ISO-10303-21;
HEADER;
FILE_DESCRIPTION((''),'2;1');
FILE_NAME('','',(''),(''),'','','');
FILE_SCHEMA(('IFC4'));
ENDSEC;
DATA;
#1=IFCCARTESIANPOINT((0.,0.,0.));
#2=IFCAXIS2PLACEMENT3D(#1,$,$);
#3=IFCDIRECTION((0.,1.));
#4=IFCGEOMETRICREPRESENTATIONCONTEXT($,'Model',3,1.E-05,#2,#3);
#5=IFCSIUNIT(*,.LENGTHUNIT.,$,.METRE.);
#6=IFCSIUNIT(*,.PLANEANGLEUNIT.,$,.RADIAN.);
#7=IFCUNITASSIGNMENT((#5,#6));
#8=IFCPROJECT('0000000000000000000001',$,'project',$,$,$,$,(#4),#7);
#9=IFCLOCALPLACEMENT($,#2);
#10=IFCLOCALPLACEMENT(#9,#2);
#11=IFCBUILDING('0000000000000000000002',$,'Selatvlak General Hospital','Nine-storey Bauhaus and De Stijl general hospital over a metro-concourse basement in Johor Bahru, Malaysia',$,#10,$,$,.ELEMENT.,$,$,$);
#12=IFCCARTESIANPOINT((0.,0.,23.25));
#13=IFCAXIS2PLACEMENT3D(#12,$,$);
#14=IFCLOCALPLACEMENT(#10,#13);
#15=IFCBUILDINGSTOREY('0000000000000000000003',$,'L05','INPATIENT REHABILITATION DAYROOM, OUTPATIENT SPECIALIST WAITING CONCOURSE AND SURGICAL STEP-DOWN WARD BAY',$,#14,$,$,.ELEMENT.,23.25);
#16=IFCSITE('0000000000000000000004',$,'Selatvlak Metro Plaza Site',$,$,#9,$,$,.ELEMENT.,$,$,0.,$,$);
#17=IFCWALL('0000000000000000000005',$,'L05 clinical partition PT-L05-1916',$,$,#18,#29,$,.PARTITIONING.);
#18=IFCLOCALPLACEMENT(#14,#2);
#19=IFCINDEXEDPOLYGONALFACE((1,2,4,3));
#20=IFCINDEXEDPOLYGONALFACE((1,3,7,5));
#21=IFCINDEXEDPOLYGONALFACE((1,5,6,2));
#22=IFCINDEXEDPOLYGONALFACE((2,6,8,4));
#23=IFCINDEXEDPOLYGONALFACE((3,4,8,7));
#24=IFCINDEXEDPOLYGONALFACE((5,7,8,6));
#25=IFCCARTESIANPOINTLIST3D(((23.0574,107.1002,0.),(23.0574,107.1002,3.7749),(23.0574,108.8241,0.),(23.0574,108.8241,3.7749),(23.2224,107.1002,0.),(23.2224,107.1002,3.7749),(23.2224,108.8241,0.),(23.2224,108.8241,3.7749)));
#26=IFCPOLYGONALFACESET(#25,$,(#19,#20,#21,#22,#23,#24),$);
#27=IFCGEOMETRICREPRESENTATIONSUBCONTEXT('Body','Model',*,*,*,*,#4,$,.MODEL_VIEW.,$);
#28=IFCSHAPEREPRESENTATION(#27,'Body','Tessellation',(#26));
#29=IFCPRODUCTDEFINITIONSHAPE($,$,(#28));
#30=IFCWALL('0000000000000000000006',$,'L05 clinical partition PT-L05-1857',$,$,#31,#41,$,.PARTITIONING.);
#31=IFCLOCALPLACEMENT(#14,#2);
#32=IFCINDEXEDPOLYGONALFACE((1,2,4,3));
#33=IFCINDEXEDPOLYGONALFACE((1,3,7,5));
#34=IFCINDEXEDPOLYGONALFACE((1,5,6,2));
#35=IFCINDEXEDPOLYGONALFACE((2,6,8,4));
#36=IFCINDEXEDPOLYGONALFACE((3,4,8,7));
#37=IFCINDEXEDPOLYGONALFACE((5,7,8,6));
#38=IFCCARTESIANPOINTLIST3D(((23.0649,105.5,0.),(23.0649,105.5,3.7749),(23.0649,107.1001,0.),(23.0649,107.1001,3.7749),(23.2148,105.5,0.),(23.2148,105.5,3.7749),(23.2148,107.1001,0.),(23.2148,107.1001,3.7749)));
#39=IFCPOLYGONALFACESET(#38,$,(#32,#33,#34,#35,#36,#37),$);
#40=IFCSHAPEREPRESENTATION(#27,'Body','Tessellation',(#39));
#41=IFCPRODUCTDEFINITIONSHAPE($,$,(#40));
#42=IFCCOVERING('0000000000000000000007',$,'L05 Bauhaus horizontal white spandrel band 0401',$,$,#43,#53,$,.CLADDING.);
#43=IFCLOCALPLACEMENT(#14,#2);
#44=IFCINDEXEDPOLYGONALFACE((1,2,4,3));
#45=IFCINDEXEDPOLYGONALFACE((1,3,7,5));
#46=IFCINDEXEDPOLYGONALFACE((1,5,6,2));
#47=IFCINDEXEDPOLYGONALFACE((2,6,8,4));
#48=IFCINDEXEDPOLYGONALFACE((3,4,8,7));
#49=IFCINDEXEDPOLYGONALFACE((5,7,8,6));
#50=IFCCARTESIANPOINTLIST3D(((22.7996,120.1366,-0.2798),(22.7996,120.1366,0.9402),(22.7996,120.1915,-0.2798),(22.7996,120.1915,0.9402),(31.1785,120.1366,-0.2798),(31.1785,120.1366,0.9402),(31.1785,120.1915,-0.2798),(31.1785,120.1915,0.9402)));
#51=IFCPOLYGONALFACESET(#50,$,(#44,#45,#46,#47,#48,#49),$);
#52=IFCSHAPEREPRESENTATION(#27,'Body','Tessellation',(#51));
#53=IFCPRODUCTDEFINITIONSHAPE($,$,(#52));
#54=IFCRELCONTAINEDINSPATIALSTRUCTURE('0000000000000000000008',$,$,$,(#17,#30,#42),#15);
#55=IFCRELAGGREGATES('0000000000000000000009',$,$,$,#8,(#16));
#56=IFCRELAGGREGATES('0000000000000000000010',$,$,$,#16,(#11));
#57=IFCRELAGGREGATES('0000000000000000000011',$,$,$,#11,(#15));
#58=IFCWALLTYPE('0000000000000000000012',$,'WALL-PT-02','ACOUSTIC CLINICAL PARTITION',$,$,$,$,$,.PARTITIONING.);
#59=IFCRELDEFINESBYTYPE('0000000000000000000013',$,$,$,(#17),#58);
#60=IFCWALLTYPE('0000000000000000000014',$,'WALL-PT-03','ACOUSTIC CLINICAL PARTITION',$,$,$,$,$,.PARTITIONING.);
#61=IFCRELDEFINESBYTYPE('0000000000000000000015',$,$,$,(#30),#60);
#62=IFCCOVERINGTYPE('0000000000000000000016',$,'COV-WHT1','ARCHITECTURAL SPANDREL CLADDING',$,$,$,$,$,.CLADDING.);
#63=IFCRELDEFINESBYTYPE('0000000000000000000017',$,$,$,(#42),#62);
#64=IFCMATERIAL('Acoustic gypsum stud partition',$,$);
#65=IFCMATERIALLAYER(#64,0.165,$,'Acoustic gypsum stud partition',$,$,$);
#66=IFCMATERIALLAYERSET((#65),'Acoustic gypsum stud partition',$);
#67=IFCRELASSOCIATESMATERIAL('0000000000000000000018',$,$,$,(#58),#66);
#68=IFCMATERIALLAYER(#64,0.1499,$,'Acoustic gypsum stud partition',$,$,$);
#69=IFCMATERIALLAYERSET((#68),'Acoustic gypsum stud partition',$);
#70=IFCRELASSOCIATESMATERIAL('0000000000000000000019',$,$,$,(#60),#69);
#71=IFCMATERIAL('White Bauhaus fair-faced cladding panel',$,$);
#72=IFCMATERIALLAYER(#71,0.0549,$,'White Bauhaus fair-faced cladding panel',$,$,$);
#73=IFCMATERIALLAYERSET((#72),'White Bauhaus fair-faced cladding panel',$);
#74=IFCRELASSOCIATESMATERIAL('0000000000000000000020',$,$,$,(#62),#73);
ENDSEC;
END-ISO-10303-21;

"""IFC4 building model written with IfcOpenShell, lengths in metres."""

from ifc_helpers import new_model, si_unit, direction, frame, frame_2d, origin, origin_2d, place, context, subcontext, project, spatial, rectangle, extrude, material, layer, layer_set, type_object, element, save


model = new_model("IFC4")

# Units and contexts
model_context = context("Model", 3, precision=1e-05, world=origin(), true_north=direction((0.0, 1.0)))
body_context = subcontext(model_context, "Body", "Model", "MODEL_VIEW")
ifc_project = project(units=[si_unit("LENGTHUNIT", "METRE"), si_unit("PLANEANGLEUNIT", "RADIAN")], contexts=[model_context])

# Site, building, storey
site_placement = place(None, origin())
site = spatial("IfcSite", under=ifc_project, at=site_placement, Name="Selatvlak Metro Plaza Site", CompositionType="ELEMENT", RefElevation=0.0)
building_placement = place(site_placement, origin())
building = spatial("IfcBuilding", under=site, at=building_placement, Name="Selatvlak General Hospital", Description="Nine-storey Bauhaus and De Stijl general hospital over a metro-concourse basement in Johor Bahru, Malaysia", CompositionType="ELEMENT")
storey_placement = place(building_placement, frame((0.0, 0.0, 23.25)))
storey = spatial("IfcBuildingStorey", under=building, at=storey_placement, Name="L05", Description="INPATIENT REHABILITATION DAYROOM, OUTPATIENT SPECIALIST WAITING CONCOURSE AND SURGICAL STEP-DOWN WARD BAY", CompositionType="ELEMENT", Elevation=23.25)

# Shared definitions
ifc_material_1 = material(Name="Acoustic gypsum stud partition")

# Walls
ifc_layer_1 = layer(ifc_material_1, 0.165, Name="Acoustic gypsum stud partition")
ifc_layer_set_1 = layer_set([ifc_layer_1], Name="Acoustic gypsum stud partition")
wall_type_1 = type_object("IfcWallType", Name="WALL-PT-02", Description="ACOUSTIC CLINICAL PARTITION", PredefinedType="PARTITIONING", material=ifc_layer_set_1)
wall_1_placement = place(storey_placement, frame((23.1399, 108.824, 0.0), z_axis=(0.0, 0.0, 1.0), x_axis=(0.0, -1.0, 0.0)))
element("IfcWall", 1, at=wall_1_placement, inside=storey, type_object=wall_type_1, Name="L05 clinical partition PT-L05-1916", PredefinedType="PARTITIONING", context=body_context, shape_type="SweptSolid", body=[
    extrude(rectangle(XDim=1.7239, YDim=0.165, at=frame_2d((0.8618, 0.0))), origin(), (0.0, 0.0, 1.0), 3.7749),
])
ifc_layer_2 = layer(ifc_material_1, 0.1499, Name="Acoustic gypsum stud partition")
ifc_layer_set_2 = layer_set([ifc_layer_2], Name="Acoustic gypsum stud partition")
wall_type_2 = type_object("IfcWallType", Name="WALL-PT-03", Description="ACOUSTIC CLINICAL PARTITION", PredefinedType="PARTITIONING", material=ifc_layer_set_2)
wall_2_placement = place(storey_placement, frame((23.1399, 107.1001, 0.0), z_axis=(0.0, 0.0, 1.0), x_axis=(0.0, -1.0, 0.0)))
element("IfcWall", 2, at=wall_2_placement, inside=storey, type_object=wall_type_2, Name="L05 clinical partition PT-L05-1857", PredefinedType="PARTITIONING", context=body_context, shape_type="SweptSolid", body=[
    extrude(rectangle(XDim=1.6001, YDim=0.1499, at=frame_2d((0.8, 0.0))), origin(), (0.0, 0.0, 1.0), 3.7749),
])

# Covering
ifc_material_2 = material(Name="White Bauhaus fair-faced cladding panel")
ifc_layer_3 = layer(ifc_material_2, 0.0549, Name="White Bauhaus fair-faced cladding panel")
ifc_layer_set_3 = layer_set([ifc_layer_3], Name="White Bauhaus fair-faced cladding panel")
covering_type = type_object("IfcCoveringType", Name="COV-WHT1", Description="ARCHITECTURAL SPANDREL CLADDING", PredefinedType="CLADDING", material=ifc_layer_set_3)
covering_placement = place(storey_placement, frame((26.989, 120.1641, -0.2798), z_axis=(0.0, 0.0, 1.0), x_axis=(1.0, 0.0, 0.0)))
element("IfcCovering", 3, at=covering_placement, inside=storey, type_object=covering_type, Name="L05 Bauhaus horizontal white spandrel band 0401", PredefinedType="CLADDING", context=body_context, shape_type="SweptSolid", body=[
    extrude(rectangle(XDim=8.3789, YDim=0.0549, at=origin_2d()), origin(), (0.0, 0.0, 1.0), 1.22),
])

save(model, "model.ifc")
